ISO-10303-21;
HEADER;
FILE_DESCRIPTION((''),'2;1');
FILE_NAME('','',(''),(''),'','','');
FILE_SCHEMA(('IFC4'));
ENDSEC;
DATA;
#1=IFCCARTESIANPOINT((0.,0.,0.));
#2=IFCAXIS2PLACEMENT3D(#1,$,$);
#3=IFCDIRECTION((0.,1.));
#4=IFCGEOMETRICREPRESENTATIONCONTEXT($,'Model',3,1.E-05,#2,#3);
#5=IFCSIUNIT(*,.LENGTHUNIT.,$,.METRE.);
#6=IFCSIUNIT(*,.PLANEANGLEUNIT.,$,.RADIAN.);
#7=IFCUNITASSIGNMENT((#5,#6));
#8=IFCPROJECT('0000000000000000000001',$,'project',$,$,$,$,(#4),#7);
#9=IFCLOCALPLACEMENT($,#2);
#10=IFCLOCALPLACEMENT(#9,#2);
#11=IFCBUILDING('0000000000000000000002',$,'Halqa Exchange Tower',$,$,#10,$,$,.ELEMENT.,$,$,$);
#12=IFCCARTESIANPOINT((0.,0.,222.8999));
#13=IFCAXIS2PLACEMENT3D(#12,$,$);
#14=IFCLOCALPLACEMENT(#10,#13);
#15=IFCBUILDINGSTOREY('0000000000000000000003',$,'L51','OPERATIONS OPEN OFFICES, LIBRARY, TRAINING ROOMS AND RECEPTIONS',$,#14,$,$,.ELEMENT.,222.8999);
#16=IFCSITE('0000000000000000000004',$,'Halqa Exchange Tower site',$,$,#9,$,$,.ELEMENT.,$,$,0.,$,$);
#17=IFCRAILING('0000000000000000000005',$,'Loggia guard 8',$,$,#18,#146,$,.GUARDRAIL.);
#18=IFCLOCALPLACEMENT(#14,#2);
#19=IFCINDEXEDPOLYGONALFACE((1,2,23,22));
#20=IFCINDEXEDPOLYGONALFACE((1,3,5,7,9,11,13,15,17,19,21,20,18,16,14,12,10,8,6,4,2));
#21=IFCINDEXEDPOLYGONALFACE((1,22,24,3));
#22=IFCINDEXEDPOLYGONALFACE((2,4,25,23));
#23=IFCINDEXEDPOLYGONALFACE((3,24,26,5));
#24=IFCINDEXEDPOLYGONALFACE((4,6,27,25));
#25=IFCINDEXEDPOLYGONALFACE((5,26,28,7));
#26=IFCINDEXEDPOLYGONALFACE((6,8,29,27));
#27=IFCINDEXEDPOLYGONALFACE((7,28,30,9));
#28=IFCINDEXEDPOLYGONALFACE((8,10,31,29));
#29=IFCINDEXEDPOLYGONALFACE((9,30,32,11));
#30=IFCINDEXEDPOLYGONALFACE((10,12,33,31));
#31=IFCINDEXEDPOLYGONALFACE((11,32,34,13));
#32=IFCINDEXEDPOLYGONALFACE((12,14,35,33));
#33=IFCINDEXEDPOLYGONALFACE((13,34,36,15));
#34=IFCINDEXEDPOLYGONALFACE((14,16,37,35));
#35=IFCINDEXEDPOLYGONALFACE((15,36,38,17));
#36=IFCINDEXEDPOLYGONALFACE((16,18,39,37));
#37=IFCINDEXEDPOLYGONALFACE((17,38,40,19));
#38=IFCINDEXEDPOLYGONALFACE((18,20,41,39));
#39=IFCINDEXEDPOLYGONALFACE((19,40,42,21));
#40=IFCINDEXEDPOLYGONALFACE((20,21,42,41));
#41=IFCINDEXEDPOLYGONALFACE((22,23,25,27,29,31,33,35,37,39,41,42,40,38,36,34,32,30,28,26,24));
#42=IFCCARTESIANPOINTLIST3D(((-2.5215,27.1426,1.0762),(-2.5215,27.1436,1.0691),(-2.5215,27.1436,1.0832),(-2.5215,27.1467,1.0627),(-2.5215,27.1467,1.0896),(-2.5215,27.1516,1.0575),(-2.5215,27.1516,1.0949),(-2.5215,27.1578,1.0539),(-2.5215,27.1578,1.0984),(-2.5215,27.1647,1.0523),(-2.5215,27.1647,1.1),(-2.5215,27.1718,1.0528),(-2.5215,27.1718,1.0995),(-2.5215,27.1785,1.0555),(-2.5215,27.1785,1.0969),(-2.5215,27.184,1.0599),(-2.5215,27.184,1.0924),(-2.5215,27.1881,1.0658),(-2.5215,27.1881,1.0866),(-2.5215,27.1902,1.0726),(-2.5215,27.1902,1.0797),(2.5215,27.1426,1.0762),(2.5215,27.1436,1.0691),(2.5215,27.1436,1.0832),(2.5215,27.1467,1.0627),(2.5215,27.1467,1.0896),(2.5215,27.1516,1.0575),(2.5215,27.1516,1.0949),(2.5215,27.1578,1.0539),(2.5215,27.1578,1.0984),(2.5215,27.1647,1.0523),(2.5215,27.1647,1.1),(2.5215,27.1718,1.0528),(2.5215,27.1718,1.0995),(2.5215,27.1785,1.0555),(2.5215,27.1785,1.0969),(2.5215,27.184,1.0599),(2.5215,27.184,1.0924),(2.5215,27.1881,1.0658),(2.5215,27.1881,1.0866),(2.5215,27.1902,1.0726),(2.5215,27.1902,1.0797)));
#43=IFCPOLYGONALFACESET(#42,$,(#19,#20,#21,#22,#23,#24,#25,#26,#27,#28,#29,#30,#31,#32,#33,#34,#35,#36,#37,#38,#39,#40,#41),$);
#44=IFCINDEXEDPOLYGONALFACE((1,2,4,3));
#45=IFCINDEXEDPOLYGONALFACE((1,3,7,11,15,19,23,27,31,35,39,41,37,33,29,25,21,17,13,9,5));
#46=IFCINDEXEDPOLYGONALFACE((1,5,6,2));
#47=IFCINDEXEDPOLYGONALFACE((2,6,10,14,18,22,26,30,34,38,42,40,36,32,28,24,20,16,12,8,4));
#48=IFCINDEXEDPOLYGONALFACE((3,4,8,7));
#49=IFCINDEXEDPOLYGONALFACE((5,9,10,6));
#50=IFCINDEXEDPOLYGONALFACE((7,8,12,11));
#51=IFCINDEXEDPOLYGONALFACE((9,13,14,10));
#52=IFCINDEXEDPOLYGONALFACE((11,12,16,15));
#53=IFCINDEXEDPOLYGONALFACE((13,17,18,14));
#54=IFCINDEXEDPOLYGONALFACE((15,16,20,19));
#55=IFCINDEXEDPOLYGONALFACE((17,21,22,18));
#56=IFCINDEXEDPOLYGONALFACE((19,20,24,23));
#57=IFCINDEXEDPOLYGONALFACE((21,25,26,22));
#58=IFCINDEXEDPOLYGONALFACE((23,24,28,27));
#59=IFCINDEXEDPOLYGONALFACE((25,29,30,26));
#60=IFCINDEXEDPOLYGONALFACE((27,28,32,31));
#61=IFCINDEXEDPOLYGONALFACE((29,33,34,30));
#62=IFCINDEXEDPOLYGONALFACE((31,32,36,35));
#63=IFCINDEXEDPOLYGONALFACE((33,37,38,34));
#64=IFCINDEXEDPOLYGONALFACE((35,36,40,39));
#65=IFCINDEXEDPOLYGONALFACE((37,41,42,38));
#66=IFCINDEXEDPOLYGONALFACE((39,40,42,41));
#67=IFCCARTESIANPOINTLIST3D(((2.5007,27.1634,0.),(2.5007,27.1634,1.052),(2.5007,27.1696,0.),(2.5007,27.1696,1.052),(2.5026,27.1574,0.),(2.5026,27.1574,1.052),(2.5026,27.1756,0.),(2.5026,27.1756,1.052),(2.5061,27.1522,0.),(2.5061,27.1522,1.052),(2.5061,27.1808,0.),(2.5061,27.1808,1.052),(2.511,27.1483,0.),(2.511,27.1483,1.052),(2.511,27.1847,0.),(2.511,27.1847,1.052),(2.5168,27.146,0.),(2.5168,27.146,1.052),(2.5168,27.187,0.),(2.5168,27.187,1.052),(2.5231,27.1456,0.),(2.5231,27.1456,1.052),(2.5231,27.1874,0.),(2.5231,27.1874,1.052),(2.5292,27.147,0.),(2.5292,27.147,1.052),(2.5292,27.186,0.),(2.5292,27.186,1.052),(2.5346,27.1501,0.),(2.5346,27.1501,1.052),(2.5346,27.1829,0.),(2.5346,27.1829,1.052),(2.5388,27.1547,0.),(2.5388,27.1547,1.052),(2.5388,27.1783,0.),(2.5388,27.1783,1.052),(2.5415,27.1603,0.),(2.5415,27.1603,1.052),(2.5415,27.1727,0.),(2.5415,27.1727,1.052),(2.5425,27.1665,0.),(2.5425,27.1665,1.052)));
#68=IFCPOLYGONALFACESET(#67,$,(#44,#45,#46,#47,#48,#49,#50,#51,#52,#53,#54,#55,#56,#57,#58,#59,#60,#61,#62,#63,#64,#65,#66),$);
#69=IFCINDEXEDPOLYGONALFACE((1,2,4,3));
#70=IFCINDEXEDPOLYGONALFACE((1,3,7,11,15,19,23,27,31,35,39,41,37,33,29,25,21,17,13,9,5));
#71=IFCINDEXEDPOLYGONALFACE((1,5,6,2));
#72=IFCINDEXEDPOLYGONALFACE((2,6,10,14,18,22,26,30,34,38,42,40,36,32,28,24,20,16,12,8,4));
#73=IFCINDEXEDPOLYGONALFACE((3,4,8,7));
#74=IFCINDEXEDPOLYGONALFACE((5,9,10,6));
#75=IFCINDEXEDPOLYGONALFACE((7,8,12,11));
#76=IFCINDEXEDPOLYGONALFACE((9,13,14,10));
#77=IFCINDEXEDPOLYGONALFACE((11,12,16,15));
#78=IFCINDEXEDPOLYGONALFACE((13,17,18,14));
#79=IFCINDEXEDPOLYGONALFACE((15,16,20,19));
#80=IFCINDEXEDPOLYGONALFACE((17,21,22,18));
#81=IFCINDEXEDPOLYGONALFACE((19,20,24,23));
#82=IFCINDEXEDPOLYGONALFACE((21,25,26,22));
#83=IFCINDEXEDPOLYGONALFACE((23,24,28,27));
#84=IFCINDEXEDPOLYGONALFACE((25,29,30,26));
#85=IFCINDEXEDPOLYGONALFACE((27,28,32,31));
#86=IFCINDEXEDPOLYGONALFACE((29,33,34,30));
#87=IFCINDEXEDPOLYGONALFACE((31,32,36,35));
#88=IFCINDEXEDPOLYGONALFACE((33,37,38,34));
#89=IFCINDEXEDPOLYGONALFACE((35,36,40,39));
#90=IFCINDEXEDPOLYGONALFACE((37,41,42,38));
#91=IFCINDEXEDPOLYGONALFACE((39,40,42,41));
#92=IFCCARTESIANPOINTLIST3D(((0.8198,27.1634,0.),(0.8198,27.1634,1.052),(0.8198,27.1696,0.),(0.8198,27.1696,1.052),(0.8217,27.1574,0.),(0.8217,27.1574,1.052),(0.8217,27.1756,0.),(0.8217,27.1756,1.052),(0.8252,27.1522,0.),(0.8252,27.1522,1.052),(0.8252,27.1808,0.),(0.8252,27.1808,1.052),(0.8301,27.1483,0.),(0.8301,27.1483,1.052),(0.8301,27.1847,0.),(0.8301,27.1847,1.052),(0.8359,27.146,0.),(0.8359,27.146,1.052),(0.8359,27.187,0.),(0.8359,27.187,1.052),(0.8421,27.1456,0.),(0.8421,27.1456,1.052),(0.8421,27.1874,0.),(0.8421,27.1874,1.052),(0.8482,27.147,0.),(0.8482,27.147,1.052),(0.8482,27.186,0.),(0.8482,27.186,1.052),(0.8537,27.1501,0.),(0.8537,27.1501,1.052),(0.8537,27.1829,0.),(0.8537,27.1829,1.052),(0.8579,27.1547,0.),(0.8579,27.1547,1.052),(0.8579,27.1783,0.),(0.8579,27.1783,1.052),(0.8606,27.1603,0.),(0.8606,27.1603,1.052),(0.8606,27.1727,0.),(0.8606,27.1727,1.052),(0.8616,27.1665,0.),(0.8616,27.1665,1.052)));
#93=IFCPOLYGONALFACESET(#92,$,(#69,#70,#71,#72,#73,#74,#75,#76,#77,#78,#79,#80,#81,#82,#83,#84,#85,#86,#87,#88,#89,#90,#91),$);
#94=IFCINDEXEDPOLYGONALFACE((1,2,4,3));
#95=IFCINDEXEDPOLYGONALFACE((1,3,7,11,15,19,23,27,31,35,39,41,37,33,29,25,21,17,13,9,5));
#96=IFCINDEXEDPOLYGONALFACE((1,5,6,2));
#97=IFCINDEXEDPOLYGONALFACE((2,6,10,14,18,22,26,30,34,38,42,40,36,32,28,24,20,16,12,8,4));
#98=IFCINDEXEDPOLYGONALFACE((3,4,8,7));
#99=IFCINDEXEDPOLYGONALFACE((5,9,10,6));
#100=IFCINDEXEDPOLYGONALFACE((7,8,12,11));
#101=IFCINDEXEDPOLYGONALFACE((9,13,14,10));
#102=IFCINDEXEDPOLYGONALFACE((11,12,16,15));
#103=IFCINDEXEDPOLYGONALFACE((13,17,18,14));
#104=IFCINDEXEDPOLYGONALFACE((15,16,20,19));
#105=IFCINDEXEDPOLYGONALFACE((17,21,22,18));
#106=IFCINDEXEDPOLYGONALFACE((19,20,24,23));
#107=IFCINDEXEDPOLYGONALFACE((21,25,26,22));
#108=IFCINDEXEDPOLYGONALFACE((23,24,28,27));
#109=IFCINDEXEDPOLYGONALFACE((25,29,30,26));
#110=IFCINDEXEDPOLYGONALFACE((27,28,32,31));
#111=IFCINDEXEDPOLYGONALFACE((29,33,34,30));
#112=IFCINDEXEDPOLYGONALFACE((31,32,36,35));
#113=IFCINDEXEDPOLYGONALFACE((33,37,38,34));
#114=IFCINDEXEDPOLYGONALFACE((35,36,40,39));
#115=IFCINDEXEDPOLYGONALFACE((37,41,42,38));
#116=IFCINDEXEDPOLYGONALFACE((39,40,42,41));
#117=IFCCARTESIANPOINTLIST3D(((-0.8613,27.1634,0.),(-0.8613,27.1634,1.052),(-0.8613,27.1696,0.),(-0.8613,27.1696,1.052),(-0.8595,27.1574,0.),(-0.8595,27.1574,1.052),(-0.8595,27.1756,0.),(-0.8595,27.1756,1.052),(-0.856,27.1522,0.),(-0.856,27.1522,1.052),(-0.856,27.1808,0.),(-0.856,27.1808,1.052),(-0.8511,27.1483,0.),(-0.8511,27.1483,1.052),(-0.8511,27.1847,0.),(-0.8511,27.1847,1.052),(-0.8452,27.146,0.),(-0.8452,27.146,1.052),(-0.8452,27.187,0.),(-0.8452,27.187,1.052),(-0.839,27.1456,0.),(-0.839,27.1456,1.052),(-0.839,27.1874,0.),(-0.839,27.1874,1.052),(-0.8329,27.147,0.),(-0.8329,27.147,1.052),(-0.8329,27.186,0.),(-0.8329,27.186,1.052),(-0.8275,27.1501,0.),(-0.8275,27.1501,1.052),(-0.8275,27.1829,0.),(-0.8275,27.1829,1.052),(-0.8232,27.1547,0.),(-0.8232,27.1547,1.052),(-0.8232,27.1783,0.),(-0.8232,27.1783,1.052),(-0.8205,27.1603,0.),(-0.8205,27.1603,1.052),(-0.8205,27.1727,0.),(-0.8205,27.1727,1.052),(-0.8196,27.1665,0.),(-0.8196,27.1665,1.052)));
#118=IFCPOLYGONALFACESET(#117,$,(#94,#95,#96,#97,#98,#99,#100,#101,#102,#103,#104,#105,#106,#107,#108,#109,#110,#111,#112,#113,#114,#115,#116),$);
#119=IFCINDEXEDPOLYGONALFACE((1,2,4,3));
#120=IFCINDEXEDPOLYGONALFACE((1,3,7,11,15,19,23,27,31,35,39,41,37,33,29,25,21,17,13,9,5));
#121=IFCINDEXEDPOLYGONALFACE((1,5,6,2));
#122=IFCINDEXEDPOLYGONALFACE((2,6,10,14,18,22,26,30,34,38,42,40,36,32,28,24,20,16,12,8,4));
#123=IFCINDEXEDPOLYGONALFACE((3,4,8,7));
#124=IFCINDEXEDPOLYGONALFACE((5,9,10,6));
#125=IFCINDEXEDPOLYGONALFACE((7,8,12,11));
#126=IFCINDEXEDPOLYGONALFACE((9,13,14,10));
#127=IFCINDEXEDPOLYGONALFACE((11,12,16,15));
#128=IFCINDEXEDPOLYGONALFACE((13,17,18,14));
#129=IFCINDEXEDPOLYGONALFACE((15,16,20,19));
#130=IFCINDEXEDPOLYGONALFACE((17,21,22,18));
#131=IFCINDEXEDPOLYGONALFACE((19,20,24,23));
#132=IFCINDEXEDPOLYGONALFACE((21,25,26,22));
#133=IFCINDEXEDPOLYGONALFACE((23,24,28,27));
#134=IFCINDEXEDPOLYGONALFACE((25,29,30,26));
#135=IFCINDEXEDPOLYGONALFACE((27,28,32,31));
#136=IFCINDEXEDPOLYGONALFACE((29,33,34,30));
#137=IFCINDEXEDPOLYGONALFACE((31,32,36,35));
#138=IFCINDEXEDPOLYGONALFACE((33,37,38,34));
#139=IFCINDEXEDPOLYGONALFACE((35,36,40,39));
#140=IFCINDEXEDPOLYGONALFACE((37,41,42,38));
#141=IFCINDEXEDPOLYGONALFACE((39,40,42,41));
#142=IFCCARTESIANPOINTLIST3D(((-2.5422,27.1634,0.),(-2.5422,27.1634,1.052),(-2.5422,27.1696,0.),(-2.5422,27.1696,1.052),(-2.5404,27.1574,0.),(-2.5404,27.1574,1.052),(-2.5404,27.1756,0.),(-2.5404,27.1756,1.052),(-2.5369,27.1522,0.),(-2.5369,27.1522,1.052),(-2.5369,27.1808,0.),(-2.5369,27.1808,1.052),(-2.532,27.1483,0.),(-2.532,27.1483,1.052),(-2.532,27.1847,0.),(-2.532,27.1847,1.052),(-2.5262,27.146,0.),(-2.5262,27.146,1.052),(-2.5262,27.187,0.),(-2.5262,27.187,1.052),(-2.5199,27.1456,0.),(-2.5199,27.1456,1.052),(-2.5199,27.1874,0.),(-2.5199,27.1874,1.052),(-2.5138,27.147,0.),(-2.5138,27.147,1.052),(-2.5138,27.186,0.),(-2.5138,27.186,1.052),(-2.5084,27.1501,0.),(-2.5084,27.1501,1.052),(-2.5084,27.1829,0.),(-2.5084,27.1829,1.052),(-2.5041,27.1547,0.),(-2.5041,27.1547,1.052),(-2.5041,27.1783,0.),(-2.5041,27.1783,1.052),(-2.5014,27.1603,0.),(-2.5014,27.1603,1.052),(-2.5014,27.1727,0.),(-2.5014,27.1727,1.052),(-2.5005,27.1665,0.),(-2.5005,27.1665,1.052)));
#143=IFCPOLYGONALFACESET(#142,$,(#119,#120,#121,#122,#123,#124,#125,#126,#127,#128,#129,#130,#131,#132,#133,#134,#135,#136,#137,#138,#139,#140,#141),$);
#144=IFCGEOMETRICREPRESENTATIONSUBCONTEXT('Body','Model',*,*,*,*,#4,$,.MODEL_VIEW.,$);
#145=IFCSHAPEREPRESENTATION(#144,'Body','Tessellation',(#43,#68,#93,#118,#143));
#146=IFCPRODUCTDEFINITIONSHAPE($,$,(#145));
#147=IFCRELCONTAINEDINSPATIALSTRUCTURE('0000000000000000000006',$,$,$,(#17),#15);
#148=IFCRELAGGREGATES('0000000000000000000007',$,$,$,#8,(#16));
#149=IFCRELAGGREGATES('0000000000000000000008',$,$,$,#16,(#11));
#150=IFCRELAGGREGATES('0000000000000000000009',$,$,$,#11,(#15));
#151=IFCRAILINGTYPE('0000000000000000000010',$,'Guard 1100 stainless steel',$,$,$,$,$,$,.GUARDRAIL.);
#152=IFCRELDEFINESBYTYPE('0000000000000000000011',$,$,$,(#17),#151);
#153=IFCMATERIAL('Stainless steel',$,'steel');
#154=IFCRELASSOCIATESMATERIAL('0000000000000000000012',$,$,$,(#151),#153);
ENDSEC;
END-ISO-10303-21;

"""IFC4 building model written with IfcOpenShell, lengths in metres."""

from ifc_helpers import new_model, si_unit, direction, frame, origin, origin_2d, place, context, subcontext, project, spatial, circle, extrude, material, type_object, element, save


model = new_model("IFC4")

# Units and contexts
model_context = context("Model", 3, precision=1e-05, world=origin(), true_north=direction((0.0, 1.0)))
body_context = subcontext(model_context, "Body", "Model", "MODEL_VIEW")
ifc_project = project(units=[si_unit("LENGTHUNIT", "METRE"), si_unit("PLANEANGLEUNIT", "RADIAN")], contexts=[model_context])

# Site, building, storey
site_placement = place(None, origin())
site = spatial("IfcSite", under=ifc_project, at=site_placement, Name="Halqa Exchange Tower site", CompositionType="ELEMENT", RefElevation=0.0)
building_placement = place(site_placement, origin())
building = spatial("IfcBuilding", under=site, at=building_placement, Name="Halqa Exchange Tower", CompositionType="ELEMENT")
storey_placement = place(building_placement, frame((0.0, 0.0, 222.8999)))
storey = spatial("IfcBuildingStorey", under=building, at=storey_placement, Name="L51", Description="OPERATIONS OPEN OFFICES, LIBRARY, TRAINING ROOMS AND RECEPTIONS", CompositionType="ELEMENT", Elevation=222.8999)

# Railing
ifc_material_1 = material(Name="Stainless steel", Category="steel")
railing_type_1 = type_object("IfcRailingType", Name="Guard 1100 stainless steel", PredefinedType="GUARDRAIL", material=ifc_material_1)
railing_1_placement = place(storey_placement, frame((2.5215, 27.1665, 0.0)))
element("IfcRailing", 1, at=railing_1_placement, inside=storey, type_object=railing_type_1, Name="Loggia guard 8", PredefinedType="GUARDRAIL", context=body_context, shape_type="SweptSolid", body=[
    extrude(circle(Radius=0.0239, at=origin_2d()), frame((0.0, 0.0, 1.0762), z_axis=(-1.0, 0.0, 0.0), x_axis=(0.0, -1.0, 0.0)), (0.0, 0.0, 1.0), 5.043),
    extrude(circle(Radius=0.021, at=origin_2d()), origin(), (0.0, 0.0, 1.0), 1.052),
    extrude(circle(Radius=0.021, at=origin_2d()), frame((-1.6809, 0.0, 0.0)), (0.0, 0.0, 1.0), 1.052),
    extrude(circle(Radius=0.021, at=origin_2d()), frame((-3.3621, 0.0, 0.0)), (0.0, 0.0, 1.0), 1.052),
    extrude(circle(Radius=0.021, at=origin_2d()), frame((-5.043, 0.0, 0.0)), (0.0, 0.0, 1.0), 1.052),
])

save(model, "model.ifc")
